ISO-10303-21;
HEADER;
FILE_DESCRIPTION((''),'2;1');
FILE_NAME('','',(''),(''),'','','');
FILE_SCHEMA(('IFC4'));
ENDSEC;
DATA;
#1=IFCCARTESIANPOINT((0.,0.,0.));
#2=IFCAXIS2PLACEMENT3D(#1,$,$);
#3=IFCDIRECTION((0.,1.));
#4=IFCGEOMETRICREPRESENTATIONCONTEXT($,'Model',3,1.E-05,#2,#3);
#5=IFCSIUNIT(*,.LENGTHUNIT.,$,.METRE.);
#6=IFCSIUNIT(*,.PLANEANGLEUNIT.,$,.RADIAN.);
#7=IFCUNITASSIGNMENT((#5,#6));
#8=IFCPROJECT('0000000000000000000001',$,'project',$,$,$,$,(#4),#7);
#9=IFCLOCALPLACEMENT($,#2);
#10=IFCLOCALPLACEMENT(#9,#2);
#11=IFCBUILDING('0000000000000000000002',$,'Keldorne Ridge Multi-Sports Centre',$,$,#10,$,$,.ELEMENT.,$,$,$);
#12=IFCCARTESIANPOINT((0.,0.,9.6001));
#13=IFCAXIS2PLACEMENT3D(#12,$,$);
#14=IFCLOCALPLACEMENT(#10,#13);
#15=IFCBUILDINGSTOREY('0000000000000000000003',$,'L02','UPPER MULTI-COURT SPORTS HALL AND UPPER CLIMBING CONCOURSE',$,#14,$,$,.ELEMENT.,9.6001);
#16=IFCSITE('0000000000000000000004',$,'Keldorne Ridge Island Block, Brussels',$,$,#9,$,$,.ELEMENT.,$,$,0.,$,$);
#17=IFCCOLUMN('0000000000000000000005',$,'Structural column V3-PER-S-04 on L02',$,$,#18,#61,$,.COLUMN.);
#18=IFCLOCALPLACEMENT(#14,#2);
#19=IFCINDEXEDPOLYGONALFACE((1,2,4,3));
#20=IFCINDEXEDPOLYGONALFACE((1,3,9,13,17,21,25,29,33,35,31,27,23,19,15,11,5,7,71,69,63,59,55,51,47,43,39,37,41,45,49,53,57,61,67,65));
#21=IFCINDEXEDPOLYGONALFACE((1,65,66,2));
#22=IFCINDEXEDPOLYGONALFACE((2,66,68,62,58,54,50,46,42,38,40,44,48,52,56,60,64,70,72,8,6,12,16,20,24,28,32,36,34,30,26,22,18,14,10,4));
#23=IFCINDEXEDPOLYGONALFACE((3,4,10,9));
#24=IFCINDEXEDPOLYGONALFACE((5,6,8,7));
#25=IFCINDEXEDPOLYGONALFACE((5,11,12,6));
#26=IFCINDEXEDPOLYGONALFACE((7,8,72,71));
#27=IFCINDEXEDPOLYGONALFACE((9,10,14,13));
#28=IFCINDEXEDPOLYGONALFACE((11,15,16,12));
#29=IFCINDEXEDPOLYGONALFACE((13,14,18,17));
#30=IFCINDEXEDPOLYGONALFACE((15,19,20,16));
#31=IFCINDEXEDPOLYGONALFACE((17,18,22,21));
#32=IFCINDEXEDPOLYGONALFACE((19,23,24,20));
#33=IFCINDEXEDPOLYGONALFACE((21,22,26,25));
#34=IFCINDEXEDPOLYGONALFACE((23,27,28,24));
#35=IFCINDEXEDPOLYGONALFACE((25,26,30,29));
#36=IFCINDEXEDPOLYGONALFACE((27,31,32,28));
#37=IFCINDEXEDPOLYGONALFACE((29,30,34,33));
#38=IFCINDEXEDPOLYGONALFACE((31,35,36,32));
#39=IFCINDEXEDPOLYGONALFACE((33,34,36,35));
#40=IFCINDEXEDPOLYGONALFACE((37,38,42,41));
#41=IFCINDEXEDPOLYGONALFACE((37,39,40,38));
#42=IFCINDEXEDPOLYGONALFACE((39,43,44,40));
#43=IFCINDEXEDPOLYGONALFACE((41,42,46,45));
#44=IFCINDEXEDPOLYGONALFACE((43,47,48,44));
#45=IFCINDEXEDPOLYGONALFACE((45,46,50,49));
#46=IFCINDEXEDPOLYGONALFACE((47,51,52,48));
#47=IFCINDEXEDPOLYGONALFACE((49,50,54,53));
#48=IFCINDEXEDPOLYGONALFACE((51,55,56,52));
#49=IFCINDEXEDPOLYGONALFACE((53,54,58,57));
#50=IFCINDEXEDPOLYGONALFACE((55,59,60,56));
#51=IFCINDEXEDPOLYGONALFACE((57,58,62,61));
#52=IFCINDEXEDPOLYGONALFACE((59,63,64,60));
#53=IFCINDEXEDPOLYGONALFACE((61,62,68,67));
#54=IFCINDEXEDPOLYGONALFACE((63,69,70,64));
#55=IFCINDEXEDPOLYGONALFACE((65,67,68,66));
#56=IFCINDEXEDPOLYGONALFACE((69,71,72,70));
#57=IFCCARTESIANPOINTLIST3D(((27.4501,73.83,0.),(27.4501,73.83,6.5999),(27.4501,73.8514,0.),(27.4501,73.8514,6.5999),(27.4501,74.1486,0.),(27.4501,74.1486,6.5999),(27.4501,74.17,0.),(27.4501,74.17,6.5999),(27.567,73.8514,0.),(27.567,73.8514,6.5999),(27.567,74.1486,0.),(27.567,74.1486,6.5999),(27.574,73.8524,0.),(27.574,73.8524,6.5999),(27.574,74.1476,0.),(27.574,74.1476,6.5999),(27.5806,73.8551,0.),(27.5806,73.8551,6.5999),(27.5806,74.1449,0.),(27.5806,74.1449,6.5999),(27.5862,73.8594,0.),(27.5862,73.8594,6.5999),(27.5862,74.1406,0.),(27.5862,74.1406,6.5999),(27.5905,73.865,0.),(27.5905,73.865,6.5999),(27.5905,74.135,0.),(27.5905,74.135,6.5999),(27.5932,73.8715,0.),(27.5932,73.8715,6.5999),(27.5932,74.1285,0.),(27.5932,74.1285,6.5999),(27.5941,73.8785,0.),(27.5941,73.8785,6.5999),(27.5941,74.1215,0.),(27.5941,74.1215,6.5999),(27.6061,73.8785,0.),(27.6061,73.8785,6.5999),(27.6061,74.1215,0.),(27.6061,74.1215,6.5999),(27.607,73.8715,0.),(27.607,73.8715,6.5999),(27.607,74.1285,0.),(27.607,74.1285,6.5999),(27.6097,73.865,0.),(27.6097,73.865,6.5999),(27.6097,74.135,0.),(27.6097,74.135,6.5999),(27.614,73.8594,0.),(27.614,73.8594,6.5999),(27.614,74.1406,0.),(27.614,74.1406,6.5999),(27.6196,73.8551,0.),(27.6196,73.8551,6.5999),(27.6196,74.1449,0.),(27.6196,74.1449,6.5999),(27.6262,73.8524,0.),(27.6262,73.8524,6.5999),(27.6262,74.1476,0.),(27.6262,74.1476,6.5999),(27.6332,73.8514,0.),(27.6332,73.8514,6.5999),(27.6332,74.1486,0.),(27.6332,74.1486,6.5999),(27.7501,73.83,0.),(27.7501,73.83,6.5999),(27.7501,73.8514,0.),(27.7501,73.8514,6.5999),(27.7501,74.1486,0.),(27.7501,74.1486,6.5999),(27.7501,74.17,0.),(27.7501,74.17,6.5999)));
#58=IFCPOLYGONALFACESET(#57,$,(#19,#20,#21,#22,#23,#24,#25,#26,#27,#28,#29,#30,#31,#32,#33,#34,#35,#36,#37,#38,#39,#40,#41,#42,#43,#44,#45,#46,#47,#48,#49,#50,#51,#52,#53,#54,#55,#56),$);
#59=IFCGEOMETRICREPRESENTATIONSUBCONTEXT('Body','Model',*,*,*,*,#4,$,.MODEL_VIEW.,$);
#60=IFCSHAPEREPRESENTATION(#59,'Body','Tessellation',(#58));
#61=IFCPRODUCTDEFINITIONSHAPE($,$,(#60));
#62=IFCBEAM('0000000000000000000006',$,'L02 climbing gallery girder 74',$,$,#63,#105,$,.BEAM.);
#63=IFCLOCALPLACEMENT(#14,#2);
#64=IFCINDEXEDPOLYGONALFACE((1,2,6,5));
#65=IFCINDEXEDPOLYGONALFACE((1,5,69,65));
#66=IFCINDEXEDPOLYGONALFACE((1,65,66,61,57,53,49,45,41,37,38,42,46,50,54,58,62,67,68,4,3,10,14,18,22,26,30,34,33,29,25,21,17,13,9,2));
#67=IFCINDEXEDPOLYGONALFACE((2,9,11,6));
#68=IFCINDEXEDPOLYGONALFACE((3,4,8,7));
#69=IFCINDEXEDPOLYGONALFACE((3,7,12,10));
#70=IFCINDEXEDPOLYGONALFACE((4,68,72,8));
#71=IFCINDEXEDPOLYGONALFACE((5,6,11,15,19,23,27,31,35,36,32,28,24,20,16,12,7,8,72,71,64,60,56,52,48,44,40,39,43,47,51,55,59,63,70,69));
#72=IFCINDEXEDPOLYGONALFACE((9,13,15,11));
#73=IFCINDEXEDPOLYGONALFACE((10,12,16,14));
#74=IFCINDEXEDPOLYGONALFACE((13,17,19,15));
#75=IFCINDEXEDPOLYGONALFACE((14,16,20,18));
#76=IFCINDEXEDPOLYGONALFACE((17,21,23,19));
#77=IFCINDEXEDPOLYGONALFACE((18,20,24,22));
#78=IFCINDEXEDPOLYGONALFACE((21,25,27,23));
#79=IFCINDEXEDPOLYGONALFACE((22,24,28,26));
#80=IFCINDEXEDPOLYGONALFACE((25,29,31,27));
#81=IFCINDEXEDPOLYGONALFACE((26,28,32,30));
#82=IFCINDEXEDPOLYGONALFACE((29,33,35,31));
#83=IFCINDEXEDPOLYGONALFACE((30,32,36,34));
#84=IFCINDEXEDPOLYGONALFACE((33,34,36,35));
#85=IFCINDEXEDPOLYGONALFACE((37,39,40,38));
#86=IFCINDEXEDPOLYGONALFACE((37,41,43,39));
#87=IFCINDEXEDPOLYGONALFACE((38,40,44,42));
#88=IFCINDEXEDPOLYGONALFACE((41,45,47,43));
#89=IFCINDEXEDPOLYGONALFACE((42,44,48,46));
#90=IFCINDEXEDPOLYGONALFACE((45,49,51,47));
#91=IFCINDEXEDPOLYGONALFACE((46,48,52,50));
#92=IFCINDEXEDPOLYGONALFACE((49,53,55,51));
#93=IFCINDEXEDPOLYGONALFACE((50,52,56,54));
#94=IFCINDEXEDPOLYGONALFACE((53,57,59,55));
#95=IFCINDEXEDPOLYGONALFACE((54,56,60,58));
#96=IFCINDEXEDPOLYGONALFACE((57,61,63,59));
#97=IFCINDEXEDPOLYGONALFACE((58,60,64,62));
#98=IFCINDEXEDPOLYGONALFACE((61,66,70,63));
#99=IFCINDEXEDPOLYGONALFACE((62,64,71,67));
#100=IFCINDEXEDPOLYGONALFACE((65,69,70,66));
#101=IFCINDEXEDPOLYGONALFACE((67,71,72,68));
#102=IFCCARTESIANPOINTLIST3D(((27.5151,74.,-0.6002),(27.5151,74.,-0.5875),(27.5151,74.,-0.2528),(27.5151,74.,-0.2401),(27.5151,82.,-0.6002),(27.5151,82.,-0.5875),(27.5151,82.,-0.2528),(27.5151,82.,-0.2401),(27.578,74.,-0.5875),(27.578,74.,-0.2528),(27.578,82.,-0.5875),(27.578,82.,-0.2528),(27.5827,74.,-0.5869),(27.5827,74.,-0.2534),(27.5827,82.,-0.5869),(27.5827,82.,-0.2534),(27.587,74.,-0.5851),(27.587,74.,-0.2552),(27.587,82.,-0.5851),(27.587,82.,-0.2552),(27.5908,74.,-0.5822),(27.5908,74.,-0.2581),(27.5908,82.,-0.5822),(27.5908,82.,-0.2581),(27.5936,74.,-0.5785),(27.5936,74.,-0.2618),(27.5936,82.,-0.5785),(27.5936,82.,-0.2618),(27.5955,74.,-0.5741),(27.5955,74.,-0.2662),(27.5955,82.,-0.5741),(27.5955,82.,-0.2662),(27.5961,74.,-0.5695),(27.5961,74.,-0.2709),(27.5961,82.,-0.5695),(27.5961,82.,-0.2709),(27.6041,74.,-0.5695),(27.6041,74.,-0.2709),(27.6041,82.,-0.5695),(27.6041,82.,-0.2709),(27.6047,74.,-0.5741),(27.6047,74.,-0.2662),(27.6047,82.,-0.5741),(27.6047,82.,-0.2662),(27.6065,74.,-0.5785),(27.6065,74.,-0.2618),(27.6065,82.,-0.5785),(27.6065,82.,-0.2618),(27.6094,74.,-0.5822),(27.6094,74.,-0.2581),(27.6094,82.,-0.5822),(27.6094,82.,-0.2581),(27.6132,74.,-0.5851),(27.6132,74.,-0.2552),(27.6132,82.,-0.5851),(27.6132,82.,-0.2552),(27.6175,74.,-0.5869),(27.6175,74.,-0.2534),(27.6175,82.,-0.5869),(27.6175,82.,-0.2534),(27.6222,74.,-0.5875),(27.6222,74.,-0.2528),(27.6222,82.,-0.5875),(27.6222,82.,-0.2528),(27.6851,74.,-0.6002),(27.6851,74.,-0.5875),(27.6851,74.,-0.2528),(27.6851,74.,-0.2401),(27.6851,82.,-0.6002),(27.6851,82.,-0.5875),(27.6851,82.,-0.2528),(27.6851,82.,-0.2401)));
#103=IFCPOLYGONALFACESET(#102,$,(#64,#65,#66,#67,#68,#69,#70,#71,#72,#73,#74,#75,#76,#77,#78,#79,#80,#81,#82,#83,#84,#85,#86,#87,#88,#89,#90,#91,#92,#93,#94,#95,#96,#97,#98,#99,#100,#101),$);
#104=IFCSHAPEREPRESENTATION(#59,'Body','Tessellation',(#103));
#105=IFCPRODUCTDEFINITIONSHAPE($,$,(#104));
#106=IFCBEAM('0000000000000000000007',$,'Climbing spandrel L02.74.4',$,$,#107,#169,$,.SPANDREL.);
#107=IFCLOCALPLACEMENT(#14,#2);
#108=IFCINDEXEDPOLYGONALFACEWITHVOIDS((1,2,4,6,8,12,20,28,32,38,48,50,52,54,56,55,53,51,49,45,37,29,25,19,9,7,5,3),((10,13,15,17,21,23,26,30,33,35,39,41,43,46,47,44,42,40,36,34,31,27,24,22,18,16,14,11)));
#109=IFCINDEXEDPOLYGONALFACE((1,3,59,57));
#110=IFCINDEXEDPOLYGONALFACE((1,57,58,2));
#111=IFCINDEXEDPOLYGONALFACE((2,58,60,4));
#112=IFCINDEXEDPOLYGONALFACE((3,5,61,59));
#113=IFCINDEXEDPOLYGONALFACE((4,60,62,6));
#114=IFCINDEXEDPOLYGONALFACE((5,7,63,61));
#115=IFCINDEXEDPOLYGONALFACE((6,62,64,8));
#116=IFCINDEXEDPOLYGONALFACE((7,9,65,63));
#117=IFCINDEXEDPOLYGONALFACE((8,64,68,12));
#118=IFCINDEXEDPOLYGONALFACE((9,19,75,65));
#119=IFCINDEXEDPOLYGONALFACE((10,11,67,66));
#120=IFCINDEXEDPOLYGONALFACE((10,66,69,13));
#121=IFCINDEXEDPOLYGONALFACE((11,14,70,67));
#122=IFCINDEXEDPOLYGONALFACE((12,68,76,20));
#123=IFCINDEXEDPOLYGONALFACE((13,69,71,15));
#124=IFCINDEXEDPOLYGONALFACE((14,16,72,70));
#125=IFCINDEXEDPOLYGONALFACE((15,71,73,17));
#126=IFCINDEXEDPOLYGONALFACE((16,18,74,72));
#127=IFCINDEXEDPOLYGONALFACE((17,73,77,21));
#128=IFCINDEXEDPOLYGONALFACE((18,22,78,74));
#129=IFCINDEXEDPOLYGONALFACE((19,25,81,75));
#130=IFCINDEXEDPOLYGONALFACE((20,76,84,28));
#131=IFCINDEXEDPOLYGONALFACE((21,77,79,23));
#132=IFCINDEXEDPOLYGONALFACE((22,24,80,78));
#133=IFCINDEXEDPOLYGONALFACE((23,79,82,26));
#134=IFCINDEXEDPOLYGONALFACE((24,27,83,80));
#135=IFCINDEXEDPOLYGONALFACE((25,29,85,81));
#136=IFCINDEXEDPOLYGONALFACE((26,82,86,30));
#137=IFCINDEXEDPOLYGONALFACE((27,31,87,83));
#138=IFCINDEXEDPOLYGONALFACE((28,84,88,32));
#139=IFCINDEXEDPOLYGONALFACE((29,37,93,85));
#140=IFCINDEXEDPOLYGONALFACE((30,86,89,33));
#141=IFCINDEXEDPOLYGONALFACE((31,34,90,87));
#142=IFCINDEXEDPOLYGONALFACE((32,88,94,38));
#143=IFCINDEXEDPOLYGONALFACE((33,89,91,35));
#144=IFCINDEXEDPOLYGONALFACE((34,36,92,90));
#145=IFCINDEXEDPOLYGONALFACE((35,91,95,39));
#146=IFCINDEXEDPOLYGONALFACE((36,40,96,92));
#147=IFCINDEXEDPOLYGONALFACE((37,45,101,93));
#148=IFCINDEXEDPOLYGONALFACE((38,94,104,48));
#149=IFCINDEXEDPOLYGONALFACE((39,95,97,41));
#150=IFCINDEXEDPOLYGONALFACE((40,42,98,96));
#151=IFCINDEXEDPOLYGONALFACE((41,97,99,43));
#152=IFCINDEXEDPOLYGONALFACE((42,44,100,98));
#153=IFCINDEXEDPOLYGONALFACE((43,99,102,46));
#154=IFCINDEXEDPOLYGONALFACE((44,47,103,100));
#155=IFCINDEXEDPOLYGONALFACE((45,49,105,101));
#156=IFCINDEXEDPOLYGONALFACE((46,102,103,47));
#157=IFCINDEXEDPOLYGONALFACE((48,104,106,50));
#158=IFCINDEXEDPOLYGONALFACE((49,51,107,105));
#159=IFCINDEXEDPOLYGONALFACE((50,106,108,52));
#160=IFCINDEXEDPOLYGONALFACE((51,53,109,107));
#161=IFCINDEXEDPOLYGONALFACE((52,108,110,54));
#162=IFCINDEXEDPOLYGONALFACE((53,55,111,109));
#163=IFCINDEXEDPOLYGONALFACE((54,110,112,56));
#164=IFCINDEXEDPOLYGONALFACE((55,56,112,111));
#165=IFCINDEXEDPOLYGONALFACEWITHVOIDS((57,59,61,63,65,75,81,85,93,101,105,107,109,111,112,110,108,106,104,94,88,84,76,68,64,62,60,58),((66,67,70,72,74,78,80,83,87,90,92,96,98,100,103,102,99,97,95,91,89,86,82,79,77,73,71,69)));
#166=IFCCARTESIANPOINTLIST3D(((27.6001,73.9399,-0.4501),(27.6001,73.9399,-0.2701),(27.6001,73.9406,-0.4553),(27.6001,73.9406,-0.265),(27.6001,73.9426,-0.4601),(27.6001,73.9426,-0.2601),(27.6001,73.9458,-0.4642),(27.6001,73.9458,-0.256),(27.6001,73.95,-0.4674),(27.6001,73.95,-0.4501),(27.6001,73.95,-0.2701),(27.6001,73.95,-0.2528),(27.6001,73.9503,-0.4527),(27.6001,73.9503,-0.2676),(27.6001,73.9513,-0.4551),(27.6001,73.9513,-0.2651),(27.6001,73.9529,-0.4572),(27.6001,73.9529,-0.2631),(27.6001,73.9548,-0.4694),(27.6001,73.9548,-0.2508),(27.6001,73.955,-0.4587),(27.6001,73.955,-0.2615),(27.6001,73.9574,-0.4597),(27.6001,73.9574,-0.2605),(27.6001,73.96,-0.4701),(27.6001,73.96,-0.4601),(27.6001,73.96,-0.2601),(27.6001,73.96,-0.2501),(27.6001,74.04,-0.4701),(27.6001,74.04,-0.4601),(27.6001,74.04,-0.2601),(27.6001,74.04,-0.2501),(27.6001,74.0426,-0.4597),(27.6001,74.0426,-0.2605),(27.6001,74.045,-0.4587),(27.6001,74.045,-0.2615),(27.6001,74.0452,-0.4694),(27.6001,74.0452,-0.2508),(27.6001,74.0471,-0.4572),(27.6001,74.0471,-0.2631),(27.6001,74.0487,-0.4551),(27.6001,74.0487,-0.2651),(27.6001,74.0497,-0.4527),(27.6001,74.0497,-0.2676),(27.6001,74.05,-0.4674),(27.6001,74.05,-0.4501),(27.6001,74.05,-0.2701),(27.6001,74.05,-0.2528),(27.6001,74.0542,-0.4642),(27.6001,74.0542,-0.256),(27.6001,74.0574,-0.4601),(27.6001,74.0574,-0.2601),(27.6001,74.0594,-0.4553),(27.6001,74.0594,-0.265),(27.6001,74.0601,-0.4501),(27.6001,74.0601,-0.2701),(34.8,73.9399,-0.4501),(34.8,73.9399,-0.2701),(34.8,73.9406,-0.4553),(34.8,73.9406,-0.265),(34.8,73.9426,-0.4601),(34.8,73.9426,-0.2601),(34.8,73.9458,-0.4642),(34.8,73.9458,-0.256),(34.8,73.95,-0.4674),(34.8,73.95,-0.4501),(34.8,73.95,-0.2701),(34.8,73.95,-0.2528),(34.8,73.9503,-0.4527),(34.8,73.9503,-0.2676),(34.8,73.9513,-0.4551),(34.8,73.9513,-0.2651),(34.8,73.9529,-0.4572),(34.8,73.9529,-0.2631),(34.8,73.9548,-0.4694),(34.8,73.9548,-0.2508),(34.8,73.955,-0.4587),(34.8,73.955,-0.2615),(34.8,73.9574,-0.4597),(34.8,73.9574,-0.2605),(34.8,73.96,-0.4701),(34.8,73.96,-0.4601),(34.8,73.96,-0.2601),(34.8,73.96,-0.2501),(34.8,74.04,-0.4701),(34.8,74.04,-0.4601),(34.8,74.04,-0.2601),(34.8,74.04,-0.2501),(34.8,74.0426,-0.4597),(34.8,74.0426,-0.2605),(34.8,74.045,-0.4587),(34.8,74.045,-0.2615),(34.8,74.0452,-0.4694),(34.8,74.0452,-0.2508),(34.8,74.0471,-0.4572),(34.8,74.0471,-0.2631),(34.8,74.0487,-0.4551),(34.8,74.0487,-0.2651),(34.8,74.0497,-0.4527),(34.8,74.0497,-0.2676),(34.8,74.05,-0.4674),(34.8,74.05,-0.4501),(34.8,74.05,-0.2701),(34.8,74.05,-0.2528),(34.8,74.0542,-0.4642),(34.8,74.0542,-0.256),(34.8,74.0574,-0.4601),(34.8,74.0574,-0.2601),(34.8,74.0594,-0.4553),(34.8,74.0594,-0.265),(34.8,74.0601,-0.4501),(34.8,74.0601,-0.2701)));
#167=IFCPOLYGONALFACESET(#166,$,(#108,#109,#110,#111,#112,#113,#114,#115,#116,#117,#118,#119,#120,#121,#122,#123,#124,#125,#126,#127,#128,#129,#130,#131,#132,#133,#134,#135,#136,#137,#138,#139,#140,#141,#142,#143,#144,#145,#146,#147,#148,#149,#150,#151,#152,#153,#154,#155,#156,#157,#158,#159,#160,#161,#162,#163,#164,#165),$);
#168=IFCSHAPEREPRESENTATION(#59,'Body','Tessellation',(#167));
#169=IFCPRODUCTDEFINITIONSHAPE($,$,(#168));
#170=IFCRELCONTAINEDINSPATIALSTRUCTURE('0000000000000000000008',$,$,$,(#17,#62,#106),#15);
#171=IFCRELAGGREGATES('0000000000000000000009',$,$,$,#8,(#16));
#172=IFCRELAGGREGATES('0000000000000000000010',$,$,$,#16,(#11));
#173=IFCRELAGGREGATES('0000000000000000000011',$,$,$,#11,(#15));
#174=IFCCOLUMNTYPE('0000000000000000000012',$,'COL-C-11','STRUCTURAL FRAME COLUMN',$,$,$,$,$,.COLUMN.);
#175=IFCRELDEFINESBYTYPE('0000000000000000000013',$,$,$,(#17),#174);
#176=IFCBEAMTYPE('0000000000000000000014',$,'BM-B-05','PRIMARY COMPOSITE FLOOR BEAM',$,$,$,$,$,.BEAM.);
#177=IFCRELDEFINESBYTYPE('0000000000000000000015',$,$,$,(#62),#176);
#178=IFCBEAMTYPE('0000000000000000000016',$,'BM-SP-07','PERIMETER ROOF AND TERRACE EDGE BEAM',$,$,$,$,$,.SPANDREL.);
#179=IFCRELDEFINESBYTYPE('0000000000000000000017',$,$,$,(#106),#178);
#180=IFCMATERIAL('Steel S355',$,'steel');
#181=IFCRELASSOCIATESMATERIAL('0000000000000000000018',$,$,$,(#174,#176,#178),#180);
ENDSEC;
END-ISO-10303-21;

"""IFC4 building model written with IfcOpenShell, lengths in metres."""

from ifc_helpers import new_model, si_unit, direction, frame, origin, origin_2d, place, context, subcontext, project, spatial, hollow_rectangle, i_section, extrude, material, material_profile, profile_set, type_object, element, save


model = new_model("IFC4")

# Units and contexts
model_context = context("Model", 3, precision=1e-05, world=origin(), true_north=direction((0.0, 1.0)))
body_context = subcontext(model_context, "Body", "Model", "MODEL_VIEW")
ifc_project = project(units=[si_unit("LENGTHUNIT", "METRE"), si_unit("PLANEANGLEUNIT", "RADIAN")], contexts=[model_context])

# Site, building, storey
site_placement = place(None, origin())
site = spatial("IfcSite", under=ifc_project, at=site_placement, Name="Keldorne Ridge Island Block, Brussels", CompositionType="ELEMENT", RefElevation=0.0)
building_placement = place(site_placement, origin())
building = spatial("IfcBuilding", under=site, at=building_placement, Name="Keldorne Ridge Multi-Sports Centre", CompositionType="ELEMENT")
storey_placement = place(building_placement, frame((0.0, 0.0, 9.6001)))
storey = spatial("IfcBuildingStorey", under=building, at=storey_placement, Name="L02", Description="UPPER MULTI-COURT SPORTS HALL AND UPPER CLIMBING CONCOURSE", CompositionType="ELEMENT", Elevation=9.6001)

# Column
ifc_material_1 = material(Name="Steel S355", Category="steel")
ifc_material_profile_1 = material_profile(ifc_material_1, i_section(OverallWidth=0.3, OverallDepth=0.3401, WebThickness=0.012, FlangeThickness=0.0215, FilletRadius=0.0271, at=origin_2d()), Name="HEB 340")
ifc_profile_set_1 = profile_set([ifc_material_profile_1], Name="Steel S355")
column_type = type_object("IfcColumnType", Name="COL-C-11", Description="STRUCTURAL FRAME COLUMN", PredefinedType="COLUMN", material=ifc_profile_set_1)
column_placement = place(storey_placement, frame((27.6001, 74.0, 0.0), z_axis=(0.0, 0.0, 1.0), x_axis=(1.0, 0.0, 0.0)))
element("IfcColumn", 1, at=column_placement, inside=storey, type_object=column_type, Name="Structural column V3-PER-S-04 on L02", PredefinedType="COLUMN", context=body_context, shape_type="SweptSolid", body=[
    extrude(i_section(OverallWidth=0.3, OverallDepth=0.3401, WebThickness=0.012, FlangeThickness=0.0215, FilletRadius=0.0271, at=origin_2d()), origin(), (0.0, 0.0, 1.0), 6.5999),
])

# Beams
ifc_material_profile_2 = material_profile(ifc_material_1, i_section(OverallWidth=0.1699, OverallDepth=0.3601, WebThickness=0.0081, FlangeThickness=0.0127, FilletRadius=0.0181, at=origin_2d()), Name="IPE 360")
ifc_profile_set_2 = profile_set([ifc_material_profile_2], Name="Steel S355")
beam_type_1 = type_object("IfcBeamType", Name="BM-B-05", Description="PRIMARY COMPOSITE FLOOR BEAM", PredefinedType="BEAM", material=ifc_profile_set_2)
beam_1_placement = place(storey_placement, frame((27.6001, 74.0, -0.4202), z_axis=(0.0, 1.0, 0.0), x_axis=(-1.0, 0.0, 0.0)))
element("IfcBeam", 2, at=beam_1_placement, inside=storey, type_object=beam_type_1, Name="L02 climbing gallery girder 74", PredefinedType="BEAM", context=body_context, shape_type="SweptSolid", body=[
    extrude(i_section(OverallWidth=0.1699, OverallDepth=0.3601, WebThickness=0.0081, FlangeThickness=0.0127, FilletRadius=0.0181, at=origin_2d()), origin(), (0.0, 0.0, 1.0), 8.0),
])
ifc_material_profile_3 = material_profile(ifc_material_1, hollow_rectangle(XDim=0.1201, YDim=0.22, WallThickness=0.01, InnerFilletRadius=0.01, OuterFilletRadius=0.02, at=origin_2d()), Name="RHS 220x120x10")
ifc_profile_set_3 = profile_set([ifc_material_profile_3], Name="Steel S355")
beam_type_2 = type_object("IfcBeamType", Name="BM-SP-07", Description="PERIMETER ROOF AND TERRACE EDGE BEAM", PredefinedType="SPANDREL", material=ifc_profile_set_3)
beam_2_placement = place(storey_placement, frame((27.6001, 74.0, -0.3601), z_axis=(1.0, 0.0, 0.0), x_axis=(0.0, 1.0, 0.0)))
element("IfcBeam", 3, at=beam_2_placement, inside=storey, type_object=beam_type_2, Name="Climbing spandrel L02.74.4", PredefinedType="SPANDREL", context=body_context, shape_type="SweptSolid", body=[
    extrude(hollow_rectangle(XDim=0.1201, YDim=0.22, WallThickness=0.01, InnerFilletRadius=0.01, OuterFilletRadius=0.02, at=origin_2d()), origin(), (0.0, 0.0, 1.0), 7.2),
])

save(model, "model.ifc")
